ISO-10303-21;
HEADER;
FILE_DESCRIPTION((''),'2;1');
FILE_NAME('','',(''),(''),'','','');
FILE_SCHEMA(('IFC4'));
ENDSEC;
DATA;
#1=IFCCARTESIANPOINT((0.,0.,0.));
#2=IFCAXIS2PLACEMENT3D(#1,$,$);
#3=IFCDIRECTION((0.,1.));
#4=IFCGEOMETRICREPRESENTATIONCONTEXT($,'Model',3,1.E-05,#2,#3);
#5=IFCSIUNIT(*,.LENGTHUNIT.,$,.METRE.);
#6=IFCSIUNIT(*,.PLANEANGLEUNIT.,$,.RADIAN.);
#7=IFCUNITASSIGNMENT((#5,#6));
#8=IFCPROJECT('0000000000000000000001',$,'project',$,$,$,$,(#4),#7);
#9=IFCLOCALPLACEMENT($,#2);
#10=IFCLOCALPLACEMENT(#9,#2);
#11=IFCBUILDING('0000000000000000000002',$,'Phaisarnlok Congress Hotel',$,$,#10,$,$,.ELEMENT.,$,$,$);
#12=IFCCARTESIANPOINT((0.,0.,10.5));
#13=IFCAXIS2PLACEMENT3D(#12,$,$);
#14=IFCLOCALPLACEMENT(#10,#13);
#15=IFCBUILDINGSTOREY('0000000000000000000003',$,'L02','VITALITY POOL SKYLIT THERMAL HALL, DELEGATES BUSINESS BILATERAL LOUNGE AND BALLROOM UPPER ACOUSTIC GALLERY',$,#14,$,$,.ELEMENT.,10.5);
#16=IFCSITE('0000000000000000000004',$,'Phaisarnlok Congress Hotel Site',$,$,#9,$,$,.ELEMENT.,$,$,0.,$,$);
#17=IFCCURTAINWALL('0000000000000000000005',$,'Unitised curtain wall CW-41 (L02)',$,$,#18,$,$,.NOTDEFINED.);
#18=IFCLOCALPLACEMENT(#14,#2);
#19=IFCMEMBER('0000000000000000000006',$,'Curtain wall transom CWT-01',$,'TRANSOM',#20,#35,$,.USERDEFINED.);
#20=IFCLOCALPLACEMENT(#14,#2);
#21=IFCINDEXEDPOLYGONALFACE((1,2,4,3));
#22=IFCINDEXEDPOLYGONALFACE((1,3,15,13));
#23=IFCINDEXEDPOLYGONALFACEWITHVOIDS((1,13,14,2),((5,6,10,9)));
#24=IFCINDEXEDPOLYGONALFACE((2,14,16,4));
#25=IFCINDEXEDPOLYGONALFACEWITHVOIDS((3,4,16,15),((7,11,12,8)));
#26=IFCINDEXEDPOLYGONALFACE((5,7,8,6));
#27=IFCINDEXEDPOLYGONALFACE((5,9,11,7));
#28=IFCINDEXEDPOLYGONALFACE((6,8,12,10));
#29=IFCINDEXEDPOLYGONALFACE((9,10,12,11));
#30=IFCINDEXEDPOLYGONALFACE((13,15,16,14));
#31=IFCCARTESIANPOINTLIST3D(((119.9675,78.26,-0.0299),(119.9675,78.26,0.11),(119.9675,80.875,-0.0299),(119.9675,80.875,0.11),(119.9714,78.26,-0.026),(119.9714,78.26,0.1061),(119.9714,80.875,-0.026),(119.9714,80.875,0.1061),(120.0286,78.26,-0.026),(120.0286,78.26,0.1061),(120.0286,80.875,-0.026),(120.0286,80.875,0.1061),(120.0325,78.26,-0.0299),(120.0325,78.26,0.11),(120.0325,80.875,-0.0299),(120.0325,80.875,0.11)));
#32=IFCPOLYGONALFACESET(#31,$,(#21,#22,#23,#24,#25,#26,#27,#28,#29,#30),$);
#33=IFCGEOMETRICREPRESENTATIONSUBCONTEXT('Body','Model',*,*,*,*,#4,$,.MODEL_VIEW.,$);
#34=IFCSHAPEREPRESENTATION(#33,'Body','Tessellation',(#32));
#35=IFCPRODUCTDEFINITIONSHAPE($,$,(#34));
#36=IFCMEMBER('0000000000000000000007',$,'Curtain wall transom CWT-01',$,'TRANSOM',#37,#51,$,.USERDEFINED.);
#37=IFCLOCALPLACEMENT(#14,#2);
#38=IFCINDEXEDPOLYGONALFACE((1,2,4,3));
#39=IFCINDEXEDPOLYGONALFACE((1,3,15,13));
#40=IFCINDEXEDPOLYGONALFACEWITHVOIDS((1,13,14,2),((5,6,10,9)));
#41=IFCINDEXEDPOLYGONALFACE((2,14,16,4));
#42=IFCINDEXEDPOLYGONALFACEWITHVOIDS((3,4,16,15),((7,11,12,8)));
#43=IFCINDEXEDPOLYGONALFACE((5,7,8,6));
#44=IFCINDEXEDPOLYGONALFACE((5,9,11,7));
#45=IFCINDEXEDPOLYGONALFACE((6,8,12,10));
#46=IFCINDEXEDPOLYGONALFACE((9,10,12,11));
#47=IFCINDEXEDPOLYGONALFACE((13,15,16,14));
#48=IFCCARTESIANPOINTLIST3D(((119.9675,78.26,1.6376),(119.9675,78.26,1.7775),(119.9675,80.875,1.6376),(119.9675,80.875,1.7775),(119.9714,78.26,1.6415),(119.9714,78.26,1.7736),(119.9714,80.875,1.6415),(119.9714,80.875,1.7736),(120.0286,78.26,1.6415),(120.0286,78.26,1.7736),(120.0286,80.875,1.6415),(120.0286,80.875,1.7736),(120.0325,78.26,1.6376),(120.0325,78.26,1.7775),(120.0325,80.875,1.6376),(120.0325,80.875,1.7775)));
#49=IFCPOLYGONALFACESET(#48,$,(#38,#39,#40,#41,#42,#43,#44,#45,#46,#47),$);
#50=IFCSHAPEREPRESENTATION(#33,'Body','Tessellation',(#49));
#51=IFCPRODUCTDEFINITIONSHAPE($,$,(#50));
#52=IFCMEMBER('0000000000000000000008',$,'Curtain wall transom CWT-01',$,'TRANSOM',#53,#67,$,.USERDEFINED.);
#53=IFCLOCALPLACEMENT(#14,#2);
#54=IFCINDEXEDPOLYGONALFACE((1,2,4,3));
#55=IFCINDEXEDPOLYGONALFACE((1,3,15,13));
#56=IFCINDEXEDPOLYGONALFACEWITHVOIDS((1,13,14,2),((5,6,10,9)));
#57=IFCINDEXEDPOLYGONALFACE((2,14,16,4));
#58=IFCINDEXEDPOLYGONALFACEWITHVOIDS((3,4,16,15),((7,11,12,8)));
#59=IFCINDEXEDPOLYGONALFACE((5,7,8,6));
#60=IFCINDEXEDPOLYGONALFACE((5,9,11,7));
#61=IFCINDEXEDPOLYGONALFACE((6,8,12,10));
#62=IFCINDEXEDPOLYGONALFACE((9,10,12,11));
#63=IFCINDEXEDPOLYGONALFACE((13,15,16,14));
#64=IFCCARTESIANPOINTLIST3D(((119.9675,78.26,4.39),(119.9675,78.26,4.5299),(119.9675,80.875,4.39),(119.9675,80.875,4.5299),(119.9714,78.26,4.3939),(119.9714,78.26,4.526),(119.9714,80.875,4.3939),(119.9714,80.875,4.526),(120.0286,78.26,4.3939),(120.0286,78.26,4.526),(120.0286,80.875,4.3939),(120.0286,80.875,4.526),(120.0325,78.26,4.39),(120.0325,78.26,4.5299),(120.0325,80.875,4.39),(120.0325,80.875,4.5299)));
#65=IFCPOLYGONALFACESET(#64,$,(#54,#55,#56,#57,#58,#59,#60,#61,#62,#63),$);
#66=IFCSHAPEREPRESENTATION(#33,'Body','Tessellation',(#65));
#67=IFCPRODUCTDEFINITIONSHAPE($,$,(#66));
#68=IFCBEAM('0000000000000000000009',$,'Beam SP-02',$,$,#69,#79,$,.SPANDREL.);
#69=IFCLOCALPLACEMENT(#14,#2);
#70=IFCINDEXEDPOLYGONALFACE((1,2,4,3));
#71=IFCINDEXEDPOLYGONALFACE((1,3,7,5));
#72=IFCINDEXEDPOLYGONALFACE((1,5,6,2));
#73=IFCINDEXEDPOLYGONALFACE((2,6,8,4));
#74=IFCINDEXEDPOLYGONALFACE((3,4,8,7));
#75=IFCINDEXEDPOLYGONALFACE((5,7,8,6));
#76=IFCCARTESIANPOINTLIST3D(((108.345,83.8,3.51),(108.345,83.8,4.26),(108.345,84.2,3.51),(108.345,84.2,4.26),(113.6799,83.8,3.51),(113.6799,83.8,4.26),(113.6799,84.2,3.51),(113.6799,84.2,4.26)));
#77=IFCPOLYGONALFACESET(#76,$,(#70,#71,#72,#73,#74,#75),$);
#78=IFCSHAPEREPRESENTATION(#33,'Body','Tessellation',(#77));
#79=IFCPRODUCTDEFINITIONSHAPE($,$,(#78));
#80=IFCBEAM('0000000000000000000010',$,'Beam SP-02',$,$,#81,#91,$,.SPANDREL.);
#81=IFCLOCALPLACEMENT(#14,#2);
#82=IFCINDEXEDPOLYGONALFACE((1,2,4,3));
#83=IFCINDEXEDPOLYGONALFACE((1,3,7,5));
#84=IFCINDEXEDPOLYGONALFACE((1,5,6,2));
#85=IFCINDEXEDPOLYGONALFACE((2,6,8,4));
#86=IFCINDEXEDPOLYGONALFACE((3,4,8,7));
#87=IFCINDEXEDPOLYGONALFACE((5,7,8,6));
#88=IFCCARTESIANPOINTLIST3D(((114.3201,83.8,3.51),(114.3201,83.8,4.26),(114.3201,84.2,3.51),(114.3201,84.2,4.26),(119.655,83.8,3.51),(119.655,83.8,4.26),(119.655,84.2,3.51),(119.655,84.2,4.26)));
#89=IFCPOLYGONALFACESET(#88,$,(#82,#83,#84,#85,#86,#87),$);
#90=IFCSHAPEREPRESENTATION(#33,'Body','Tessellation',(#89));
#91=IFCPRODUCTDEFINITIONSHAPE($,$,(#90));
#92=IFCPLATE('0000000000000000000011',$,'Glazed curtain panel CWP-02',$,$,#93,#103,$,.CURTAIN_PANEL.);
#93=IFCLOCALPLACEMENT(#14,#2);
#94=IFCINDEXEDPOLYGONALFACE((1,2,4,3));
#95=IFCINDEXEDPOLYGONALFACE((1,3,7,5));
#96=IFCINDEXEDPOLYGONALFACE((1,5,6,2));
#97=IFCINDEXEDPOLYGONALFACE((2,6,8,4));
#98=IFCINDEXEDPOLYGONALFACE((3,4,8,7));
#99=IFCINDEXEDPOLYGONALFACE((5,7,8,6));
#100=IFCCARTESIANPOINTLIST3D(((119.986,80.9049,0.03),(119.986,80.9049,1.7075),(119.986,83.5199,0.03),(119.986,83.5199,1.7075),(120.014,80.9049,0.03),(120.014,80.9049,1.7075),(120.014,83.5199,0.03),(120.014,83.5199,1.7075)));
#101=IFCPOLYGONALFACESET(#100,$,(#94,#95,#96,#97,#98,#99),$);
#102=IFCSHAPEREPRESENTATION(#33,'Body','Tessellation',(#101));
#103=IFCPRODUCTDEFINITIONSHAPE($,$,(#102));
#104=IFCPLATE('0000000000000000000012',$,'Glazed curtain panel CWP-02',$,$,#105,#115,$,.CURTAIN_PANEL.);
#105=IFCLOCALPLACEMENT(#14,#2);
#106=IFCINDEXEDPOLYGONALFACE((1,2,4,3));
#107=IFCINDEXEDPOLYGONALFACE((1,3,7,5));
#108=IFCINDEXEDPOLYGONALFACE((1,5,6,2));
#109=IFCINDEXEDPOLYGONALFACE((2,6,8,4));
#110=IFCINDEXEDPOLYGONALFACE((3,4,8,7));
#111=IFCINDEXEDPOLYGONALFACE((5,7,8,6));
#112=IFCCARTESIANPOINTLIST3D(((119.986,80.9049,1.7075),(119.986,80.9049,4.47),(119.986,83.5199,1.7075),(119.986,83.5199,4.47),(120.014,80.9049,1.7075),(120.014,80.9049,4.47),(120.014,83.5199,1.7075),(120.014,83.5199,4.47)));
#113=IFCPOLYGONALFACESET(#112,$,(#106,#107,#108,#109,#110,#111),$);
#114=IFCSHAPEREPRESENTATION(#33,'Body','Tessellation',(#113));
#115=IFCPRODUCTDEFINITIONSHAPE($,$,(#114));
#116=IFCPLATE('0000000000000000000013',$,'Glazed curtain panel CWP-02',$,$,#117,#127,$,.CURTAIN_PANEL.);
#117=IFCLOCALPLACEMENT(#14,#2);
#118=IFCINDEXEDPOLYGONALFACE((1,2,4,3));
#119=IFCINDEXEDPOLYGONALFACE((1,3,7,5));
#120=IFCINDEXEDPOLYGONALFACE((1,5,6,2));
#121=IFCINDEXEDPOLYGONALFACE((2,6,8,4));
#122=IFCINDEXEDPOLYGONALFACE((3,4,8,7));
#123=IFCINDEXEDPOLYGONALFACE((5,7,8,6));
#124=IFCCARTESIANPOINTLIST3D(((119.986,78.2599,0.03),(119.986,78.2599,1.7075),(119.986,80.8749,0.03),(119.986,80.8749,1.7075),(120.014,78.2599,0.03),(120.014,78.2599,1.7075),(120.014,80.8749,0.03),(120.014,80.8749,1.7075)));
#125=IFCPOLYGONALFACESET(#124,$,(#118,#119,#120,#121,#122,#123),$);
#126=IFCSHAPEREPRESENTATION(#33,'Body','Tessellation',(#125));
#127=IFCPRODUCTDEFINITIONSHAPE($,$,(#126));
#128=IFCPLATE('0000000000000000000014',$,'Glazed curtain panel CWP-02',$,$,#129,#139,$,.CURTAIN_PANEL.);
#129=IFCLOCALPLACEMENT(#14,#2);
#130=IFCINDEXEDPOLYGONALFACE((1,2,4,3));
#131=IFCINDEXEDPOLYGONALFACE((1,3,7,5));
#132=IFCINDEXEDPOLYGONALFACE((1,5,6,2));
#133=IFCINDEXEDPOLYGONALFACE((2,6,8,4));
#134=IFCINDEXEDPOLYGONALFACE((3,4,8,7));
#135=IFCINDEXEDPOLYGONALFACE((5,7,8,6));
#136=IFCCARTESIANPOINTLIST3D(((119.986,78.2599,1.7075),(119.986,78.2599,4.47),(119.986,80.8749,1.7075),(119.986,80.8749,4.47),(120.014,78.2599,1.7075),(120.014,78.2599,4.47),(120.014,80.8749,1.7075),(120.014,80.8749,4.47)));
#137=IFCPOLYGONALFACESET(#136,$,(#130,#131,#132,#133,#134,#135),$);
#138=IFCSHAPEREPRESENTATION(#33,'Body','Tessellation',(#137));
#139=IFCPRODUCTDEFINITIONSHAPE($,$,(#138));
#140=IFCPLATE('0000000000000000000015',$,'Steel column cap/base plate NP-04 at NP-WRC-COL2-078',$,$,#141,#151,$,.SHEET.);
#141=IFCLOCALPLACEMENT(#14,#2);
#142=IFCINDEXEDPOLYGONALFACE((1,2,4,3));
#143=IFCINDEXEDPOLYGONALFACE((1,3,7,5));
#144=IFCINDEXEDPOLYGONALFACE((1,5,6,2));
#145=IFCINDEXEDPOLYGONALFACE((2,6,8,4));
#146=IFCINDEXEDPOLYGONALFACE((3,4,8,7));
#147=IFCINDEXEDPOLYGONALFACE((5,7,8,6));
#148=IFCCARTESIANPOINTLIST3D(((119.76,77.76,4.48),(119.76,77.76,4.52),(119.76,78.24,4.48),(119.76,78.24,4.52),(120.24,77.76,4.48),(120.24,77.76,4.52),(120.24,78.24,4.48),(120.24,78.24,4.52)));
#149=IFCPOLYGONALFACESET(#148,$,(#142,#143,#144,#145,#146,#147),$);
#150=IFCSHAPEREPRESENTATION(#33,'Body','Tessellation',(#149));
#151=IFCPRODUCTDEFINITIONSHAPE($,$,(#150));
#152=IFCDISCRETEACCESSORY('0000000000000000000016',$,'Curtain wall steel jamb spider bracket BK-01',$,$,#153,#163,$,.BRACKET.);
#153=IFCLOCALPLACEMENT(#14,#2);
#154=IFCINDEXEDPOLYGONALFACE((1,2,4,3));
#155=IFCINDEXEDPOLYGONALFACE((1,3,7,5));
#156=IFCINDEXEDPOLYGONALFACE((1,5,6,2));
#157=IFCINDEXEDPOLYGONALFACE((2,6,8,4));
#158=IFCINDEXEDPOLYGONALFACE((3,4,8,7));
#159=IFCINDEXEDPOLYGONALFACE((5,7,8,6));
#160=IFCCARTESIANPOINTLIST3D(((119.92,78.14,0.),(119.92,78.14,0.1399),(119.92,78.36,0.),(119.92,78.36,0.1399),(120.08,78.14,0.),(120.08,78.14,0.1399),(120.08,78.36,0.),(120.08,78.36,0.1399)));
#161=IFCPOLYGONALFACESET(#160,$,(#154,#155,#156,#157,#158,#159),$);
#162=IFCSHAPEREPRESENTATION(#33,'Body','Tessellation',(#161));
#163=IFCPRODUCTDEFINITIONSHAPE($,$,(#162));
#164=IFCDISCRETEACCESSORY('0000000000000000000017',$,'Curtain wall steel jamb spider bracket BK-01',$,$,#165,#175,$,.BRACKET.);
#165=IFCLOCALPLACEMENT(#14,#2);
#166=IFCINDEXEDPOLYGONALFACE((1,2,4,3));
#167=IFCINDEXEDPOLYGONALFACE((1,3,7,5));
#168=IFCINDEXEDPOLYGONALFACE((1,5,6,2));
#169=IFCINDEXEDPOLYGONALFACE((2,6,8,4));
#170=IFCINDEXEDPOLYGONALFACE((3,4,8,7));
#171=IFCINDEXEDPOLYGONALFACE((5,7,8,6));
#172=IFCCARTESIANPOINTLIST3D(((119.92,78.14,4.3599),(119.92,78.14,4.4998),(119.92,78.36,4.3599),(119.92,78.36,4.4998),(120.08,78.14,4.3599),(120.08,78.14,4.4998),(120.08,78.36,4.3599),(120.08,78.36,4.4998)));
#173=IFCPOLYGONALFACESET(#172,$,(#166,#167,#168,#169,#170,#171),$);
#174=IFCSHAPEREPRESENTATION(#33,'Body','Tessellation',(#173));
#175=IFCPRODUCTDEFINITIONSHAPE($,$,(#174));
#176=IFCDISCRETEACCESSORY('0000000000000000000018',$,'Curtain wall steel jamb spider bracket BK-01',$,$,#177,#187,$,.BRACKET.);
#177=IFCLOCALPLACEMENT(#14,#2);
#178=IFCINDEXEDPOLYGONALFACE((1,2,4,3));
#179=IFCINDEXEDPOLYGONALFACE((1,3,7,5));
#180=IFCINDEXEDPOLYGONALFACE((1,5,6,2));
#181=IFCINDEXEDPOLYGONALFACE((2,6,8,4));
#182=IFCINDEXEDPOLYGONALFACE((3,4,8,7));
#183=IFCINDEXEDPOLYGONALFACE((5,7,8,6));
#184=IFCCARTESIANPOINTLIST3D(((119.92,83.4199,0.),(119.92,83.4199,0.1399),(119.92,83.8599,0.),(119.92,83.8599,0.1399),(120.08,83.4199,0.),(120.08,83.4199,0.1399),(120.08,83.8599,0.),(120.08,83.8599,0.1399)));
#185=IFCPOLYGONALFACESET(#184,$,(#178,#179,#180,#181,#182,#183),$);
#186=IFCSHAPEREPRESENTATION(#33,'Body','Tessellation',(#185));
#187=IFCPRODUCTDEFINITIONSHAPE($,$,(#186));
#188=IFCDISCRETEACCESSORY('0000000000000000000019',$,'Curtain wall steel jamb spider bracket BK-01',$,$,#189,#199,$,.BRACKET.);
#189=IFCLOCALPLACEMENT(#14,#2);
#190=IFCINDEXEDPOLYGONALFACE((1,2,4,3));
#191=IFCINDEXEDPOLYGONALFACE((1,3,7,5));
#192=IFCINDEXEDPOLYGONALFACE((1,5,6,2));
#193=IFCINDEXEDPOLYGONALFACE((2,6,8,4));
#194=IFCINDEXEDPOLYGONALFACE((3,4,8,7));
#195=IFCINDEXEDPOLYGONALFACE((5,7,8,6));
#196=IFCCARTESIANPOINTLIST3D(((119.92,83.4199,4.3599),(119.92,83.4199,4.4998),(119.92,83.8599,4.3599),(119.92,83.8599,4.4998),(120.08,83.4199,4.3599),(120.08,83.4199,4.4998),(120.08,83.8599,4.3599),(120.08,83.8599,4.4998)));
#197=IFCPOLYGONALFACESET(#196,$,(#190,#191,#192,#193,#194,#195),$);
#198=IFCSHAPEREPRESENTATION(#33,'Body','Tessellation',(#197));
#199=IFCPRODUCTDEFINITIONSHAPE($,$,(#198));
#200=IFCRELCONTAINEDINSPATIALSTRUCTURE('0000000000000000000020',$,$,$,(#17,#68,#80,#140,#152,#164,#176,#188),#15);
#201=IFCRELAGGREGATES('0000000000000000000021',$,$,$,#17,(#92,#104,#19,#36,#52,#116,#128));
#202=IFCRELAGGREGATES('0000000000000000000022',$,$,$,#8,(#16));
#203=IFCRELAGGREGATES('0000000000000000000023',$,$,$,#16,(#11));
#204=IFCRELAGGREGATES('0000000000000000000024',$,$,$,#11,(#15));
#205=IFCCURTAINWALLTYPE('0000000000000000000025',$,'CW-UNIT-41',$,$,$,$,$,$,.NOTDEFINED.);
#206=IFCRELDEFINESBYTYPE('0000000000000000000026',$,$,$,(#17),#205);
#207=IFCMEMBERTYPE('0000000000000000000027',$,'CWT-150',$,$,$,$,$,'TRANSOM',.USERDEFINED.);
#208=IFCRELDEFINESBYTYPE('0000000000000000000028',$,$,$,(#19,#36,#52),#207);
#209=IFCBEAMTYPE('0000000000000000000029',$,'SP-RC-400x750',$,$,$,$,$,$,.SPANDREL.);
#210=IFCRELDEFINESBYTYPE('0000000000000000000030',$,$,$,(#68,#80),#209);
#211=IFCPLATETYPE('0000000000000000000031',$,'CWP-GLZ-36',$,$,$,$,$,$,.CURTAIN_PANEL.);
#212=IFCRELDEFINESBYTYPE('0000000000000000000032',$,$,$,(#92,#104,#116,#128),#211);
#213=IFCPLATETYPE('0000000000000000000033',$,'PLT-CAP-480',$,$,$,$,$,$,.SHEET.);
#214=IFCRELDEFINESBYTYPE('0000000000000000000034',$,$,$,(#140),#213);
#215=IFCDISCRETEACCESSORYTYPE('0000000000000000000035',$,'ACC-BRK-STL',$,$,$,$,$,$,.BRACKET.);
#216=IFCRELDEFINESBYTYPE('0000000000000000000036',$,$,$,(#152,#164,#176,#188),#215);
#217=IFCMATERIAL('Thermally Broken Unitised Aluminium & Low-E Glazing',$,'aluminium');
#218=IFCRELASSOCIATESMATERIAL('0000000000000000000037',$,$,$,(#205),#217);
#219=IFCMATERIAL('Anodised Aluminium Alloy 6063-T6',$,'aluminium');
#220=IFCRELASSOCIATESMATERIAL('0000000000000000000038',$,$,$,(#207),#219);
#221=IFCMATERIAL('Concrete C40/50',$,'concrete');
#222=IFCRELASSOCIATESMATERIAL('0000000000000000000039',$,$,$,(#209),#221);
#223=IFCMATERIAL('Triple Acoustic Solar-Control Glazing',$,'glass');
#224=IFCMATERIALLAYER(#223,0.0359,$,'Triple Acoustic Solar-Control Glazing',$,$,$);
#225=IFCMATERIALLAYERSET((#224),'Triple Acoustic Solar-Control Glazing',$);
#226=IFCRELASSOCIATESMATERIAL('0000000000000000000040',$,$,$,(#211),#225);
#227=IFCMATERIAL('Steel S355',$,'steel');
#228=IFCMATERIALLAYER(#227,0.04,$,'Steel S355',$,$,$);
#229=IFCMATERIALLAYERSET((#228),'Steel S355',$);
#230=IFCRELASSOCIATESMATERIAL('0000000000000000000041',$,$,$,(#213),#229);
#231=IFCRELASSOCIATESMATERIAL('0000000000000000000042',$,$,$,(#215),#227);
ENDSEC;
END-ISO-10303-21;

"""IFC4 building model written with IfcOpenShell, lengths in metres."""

from ifc_helpers import new_model, si_unit, direction, frame, frame_2d, origin, origin_2d, place, context, subcontext, project, spatial, rectangle, hollow_rectangle, extrude, material, layer, layer_set, material_profile, profile_set, type_object, element, aggregate, save


model = new_model("IFC4")

# Units and contexts
model_context = context("Model", 3, precision=1e-05, world=origin(), true_north=direction((0.0, 1.0)))
body_context = subcontext(model_context, "Body", "Model", "MODEL_VIEW")
ifc_project = project(units=[si_unit("LENGTHUNIT", "METRE"), si_unit("PLANEANGLEUNIT", "RADIAN")], contexts=[model_context])

# Site, building, storey
site_placement = place(None, origin())
site = spatial("IfcSite", under=ifc_project, at=site_placement, Name="Phaisarnlok Congress Hotel Site", CompositionType="ELEMENT", RefElevation=0.0)
building_placement = place(site_placement, origin())
building = spatial("IfcBuilding", under=site, at=building_placement, Name="Phaisarnlok Congress Hotel", CompositionType="ELEMENT")
storey_placement = place(building_placement, frame((0.0, 0.0, 10.5)))
storey = spatial("IfcBuildingStorey", under=building, at=storey_placement, Name="L02", Description="VITALITY POOL SKYLIT THERMAL HALL, DELEGATES BUSINESS BILATERAL LOUNGE AND BALLROOM UPPER ACOUSTIC GALLERY", CompositionType="ELEMENT", Elevation=10.5)

# Shared definitions
ifc_material_1 = material(Name="Steel S355", Category="steel")

# Curtain wall, members
ifc_material_2 = material(Name="Thermally Broken Unitised Aluminium & Low-E Glazing", Category="aluminium")
curtain_wall_type = type_object("IfcCurtainWallType", Name="CW-UNIT-41", PredefinedType="NOTDEFINED", material=ifc_material_2)
curtain_wall_placement = place(storey_placement, origin())
curtain_wall = element("IfcCurtainWall", 1, at=curtain_wall_placement, inside=storey, type_object=curtain_wall_type, Name="Unitised curtain wall CW-41 (L02)", PredefinedType="NOTDEFINED")
ifc_material_3 = material(Name="Anodised Aluminium Alloy 6063-T6", Category="aluminium")
ifc_material_profile_1 = material_profile(ifc_material_3, hollow_rectangle(XDim=0.0649, YDim=0.1399, WallThickness=0.0039, at=origin_2d()), Name="ALU-T 65x140x4")
ifc_profile_set_1 = profile_set([ifc_material_profile_1], Name="Anodised Aluminium Alloy 6063-T6")
member_type_1 = type_object("IfcMemberType", Name="CWT-150", ElementType="TRANSOM", PredefinedType="USERDEFINED", material=ifc_profile_set_1)
member_1_placement = place(storey_placement, frame((120.0, 80.875, 0.04), z_axis=(0.0, -1.0, 0.0), x_axis=(1.0, 0.0, 0.0)))
member_1 = element("IfcMember", 2, at=member_1_placement, type_object=member_type_1, Name="Curtain wall transom CWT-01", ObjectType="TRANSOM", PredefinedType="USERDEFINED", context=body_context, shape_type="SweptSolid", body=[
    extrude(hollow_rectangle(XDim=0.0649, YDim=0.1399, WallThickness=0.0039, at=origin_2d()), origin(), (0.0, 0.0, 1.0), 2.615),
])
member_2_placement = place(storey_placement, frame((120.0, 80.875, 1.7075), z_axis=(0.0, -1.0, 0.0), x_axis=(1.0, 0.0, 0.0)))
member_2 = element("IfcMember", 3, at=member_2_placement, type_object=member_type_1, Name="Curtain wall transom CWT-01", ObjectType="TRANSOM", PredefinedType="USERDEFINED", context=body_context, shape_type="SweptSolid", body=[
    extrude(hollow_rectangle(XDim=0.0649, YDim=0.1399, WallThickness=0.0039, at=origin_2d()), origin(), (0.0, 0.0, 1.0), 2.615),
])
member_3_placement = place(storey_placement, frame((120.0, 80.875, 4.46), z_axis=(0.0, -1.0, 0.0), x_axis=(1.0, 0.0, 0.0)))
member_3 = element("IfcMember", 4, at=member_3_placement, type_object=member_type_1, Name="Curtain wall transom CWT-01", ObjectType="TRANSOM", PredefinedType="USERDEFINED", context=body_context, shape_type="SweptSolid", body=[
    extrude(hollow_rectangle(XDim=0.0649, YDim=0.1399, WallThickness=0.0039, at=origin_2d()), origin(), (0.0, 0.0, 1.0), 2.615),
])

# Beams
ifc_material_4 = material(Name="Concrete C40/50", Category="concrete")
ifc_material_profile_2 = material_profile(ifc_material_4, rectangle(XDim=0.3999, YDim=0.75, at=origin_2d()), Name="RC 400x750")
ifc_profile_set_2 = profile_set([ifc_material_profile_2], Name="Concrete C40/50")
beam_type = type_object("IfcBeamType", Name="SP-RC-400x750", PredefinedType="SPANDREL", material=ifc_profile_set_2)
for number, where, z_axis, x_axis, name in (
    (5, (108.345, 84.0, 3.885), (1.0, 0.0, 0.0), (0.0, 1.0, 0.0), "Beam SP-02"),
    (6, (114.3201, 84.0, 3.885), (1.0, 0.0, 0.0), (0.0, 1.0, 0.0), "Beam SP-02"),
):
    element("IfcBeam", number, at=place(storey_placement, frame(where, z_axis=z_axis, x_axis=x_axis)), inside=storey, type_object=beam_type, Name=name, PredefinedType="SPANDREL", context=body_context, shape_type="SweptSolid", body=[
        extrude(rectangle(XDim=0.3999, YDim=0.75, at=origin_2d()), origin(), (0.0, 0.0, 1.0), 5.335),
    ])

# Plates
ifc_material_5 = material(Name="Triple Acoustic Solar-Control Glazing", Category="glass")
ifc_layer_1 = layer(ifc_material_5, 0.0359, Name="Triple Acoustic Solar-Control Glazing")
ifc_layer_set_1 = layer_set([ifc_layer_1], Name="Triple Acoustic Solar-Control Glazing")
plate_type_1 = type_object("IfcPlateType", Name="CWP-GLZ-36", PredefinedType="CURTAIN_PANEL", material=ifc_layer_set_1)
plate_1_placement = place(storey_placement, frame((120.0, 83.52, 0.03), z_axis=(0.0, 0.0, 1.0), x_axis=(0.0, -1.0, 0.0)))
plate_1 = element("IfcPlate", 7, at=plate_1_placement, type_object=plate_type_1, Name="Glazed curtain panel CWP-02", PredefinedType="CURTAIN_PANEL", context=body_context, shape_type="SweptSolid", body=[
    extrude(rectangle(XDim=2.615, YDim=0.0281, at=frame_2d((1.3076, 0.0))), origin(), (0.0, 0.0, 1.0), 1.6775),
])
plate_2_placement = place(storey_placement, frame((120.0, 83.52, 1.7075), z_axis=(0.0, 0.0, 1.0), x_axis=(0.0, -1.0, 0.0)))
plate_2 = element("IfcPlate", 8, at=plate_2_placement, type_object=plate_type_1, Name="Glazed curtain panel CWP-02", PredefinedType="CURTAIN_PANEL", context=body_context, shape_type="SweptSolid", body=[
    extrude(rectangle(XDim=2.615, YDim=0.0281, at=frame_2d((1.3076, 0.0))), origin(), (0.0, 0.0, 1.0), 2.7625),
])
plate_3_placement = place(storey_placement, frame((120.0, 80.875, 0.03), z_axis=(0.0, 0.0, 1.0), x_axis=(0.0, -1.0, 0.0)))
plate_3 = element("IfcPlate", 9, at=plate_3_placement, type_object=plate_type_1, Name="Glazed curtain panel CWP-02", PredefinedType="CURTAIN_PANEL", context=body_context, shape_type="SweptSolid", body=[
    extrude(rectangle(XDim=2.615, YDim=0.0281, at=frame_2d((1.3076, 0.0))), origin(), (0.0, 0.0, 1.0), 1.6775),
])
plate_4_placement = place(storey_placement, frame((120.0, 80.875, 1.7075), z_axis=(0.0, 0.0, 1.0), x_axis=(0.0, -1.0, 0.0)))
plate_4 = element("IfcPlate", 10, at=plate_4_placement, type_object=plate_type_1, Name="Glazed curtain panel CWP-02", PredefinedType="CURTAIN_PANEL", context=body_context, shape_type="SweptSolid", body=[
    extrude(rectangle(XDim=2.615, YDim=0.0281, at=frame_2d((1.3076, 0.0))), origin(), (0.0, 0.0, 1.0), 2.7625),
])
aggregate(curtain_wall, [plate_1, plate_2, member_1, member_2, member_3, plate_3, plate_4])
ifc_layer_2 = layer(ifc_material_1, 0.04, Name="Steel S355")
ifc_layer_set_2 = layer_set([ifc_layer_2], Name="Steel S355")
plate_type_2 = type_object("IfcPlateType", Name="PLT-CAP-480", PredefinedType="SHEET", material=ifc_layer_set_2)
plate_5_placement = place(storey_placement, frame((120.0, 78.0, 4.48), z_axis=(0.0, 0.0, 1.0), x_axis=(1.0, 0.0, 0.0)))
element("IfcPlate", 11, at=plate_5_placement, inside=storey, type_object=plate_type_2, Name="Steel column cap/base plate NP-04 at NP-WRC-COL2-078", PredefinedType="SHEET", context=body_context, shape_type="SweptSolid", body=[
    extrude(rectangle(XDim=0.48, YDim=0.48, at=origin_2d()), origin(), (0.0, 0.0, 1.0), 0.04),
])

# Discrete accessories
discrete_accessory_type = type_object("IfcDiscreteAccessoryType", Name="ACC-BRK-STL", PredefinedType="BRACKET", material=ifc_material_1)
for number, where, z_axis, x_axis, name in (
    (12, (120.0, 78.25, 0.0), (0.0, 0.0, 1.0), (1.0, 0.0, 0.0), "Curtain wall steel jamb spider bracket BK-01"),
    (13, (120.0, 78.25, 4.3599), (0.0, 0.0, 1.0), (1.0, 0.0, 0.0), "Curtain wall steel jamb spider bracket BK-01"),
):
    element("IfcDiscreteAccessory", number, at=place(storey_placement, frame(where, z_axis=z_axis, x_axis=x_axis)), inside=storey, type_object=discrete_accessory_type, Name=name, PredefinedType="BRACKET", context=body_context, shape_type="SweptSolid", body=[
        extrude(rectangle(XDim=0.1599, YDim=0.22, at=origin_2d()), origin(), (0.0, 0.0, 1.0), 0.1399),
    ])
for number, where, z_axis, x_axis, name in (
    (14, (120.0, 83.6399, 0.0), (0.0, 0.0, 1.0), (1.0, 0.0, 0.0), "Curtain wall steel jamb spider bracket BK-01"),
    (15, (120.0, 83.6399, 4.3599), (0.0, 0.0, 1.0), (1.0, 0.0, 0.0), "Curtain wall steel jamb spider bracket BK-01"),
):
    element("IfcDiscreteAccessory", number, at=place(storey_placement, frame(where, z_axis=z_axis, x_axis=x_axis)), inside=storey, type_object=discrete_accessory_type, Name=name, PredefinedType="BRACKET", context=body_context, shape_type="SweptSolid", body=[
        extrude(rectangle(XDim=0.1599, YDim=0.4399, at=origin_2d()), origin(), (0.0, 0.0, 1.0), 0.1399),
    ])

save(model, "model.ifc")
